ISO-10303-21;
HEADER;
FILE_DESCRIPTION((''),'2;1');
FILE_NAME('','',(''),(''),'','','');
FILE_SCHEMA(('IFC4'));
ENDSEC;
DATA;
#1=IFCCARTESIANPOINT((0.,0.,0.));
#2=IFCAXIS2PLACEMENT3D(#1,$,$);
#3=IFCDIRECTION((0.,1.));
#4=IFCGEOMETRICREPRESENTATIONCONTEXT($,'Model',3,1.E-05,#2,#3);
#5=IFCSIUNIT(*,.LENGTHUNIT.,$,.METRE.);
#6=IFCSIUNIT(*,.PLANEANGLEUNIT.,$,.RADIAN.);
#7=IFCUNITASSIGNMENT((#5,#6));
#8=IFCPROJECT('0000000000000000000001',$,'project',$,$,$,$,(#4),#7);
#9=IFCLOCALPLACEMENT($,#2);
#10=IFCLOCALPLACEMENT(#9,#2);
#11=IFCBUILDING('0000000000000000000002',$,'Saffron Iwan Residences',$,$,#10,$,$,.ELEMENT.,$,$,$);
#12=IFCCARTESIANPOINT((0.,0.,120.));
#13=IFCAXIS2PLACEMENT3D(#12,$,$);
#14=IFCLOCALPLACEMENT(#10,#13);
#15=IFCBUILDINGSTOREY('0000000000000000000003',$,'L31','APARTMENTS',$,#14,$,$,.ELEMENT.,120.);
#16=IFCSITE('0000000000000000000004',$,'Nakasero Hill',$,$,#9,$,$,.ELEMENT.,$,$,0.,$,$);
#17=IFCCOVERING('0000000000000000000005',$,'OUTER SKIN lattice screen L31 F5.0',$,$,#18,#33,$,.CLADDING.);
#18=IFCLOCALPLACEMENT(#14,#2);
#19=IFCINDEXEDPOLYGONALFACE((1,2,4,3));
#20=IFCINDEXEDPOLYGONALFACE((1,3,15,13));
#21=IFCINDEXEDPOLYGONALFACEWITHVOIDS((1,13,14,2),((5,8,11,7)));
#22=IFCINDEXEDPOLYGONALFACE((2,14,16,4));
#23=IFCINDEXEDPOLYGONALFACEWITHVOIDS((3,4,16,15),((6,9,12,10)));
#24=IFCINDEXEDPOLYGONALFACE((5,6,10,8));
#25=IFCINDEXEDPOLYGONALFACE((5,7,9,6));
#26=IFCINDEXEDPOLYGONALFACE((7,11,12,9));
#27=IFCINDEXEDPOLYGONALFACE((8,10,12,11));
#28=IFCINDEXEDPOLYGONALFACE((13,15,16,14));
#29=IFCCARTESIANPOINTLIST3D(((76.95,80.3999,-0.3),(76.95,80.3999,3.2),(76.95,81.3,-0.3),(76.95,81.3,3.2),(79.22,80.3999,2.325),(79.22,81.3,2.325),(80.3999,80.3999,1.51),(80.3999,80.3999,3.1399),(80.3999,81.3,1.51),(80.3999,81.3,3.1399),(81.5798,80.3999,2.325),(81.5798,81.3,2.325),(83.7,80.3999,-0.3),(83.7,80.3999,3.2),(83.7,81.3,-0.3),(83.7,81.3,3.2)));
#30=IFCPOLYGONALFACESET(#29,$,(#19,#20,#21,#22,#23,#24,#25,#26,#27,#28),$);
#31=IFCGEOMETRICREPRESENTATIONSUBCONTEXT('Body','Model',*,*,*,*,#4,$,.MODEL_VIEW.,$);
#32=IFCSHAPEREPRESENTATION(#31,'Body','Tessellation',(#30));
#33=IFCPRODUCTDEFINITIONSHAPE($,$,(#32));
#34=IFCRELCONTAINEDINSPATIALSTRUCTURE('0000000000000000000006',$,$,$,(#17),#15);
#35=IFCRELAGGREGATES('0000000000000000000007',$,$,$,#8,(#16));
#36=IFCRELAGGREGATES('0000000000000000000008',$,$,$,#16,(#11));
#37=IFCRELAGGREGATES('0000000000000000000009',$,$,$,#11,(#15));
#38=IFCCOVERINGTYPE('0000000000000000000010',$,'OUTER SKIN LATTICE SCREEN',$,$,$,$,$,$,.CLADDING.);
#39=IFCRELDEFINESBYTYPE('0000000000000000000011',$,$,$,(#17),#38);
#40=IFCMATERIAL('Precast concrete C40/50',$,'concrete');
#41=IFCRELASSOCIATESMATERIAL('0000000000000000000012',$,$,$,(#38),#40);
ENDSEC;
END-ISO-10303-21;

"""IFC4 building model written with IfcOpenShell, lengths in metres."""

from ifc_helpers import new_model, si_unit, direction, frame, origin, place, context, subcontext, project, spatial, polyline, outline, extrude, material, type_object, element, save


model = new_model("IFC4")

# Units and contexts
model_context = context("Model", 3, precision=1e-05, world=origin(), true_north=direction((0.0, 1.0)))
body_context = subcontext(model_context, "Body", "Model", "MODEL_VIEW")
ifc_project = project(units=[si_unit("LENGTHUNIT", "METRE"), si_unit("PLANEANGLEUNIT", "RADIAN")], contexts=[model_context])

# Site, building, storey
site_placement = place(None, origin())
site = spatial("IfcSite", under=ifc_project, at=site_placement, Name="Nakasero Hill", CompositionType="ELEMENT", RefElevation=0.0)
building_placement = place(site_placement, origin())
building = spatial("IfcBuilding", under=site, at=building_placement, Name="Saffron Iwan Residences", CompositionType="ELEMENT")
storey_placement = place(building_placement, frame((0.0, 0.0, 120.0)))
storey = spatial("IfcBuildingStorey", under=building, at=storey_placement, Name="L31", Description="APARTMENTS", CompositionType="ELEMENT", Elevation=120.0)

# Covering
ifc_material_1 = material(Name="Precast concrete C40/50", Category="concrete")
covering_type = type_object("IfcCoveringType", Name="OUTER SKIN LATTICE SCREEN", PredefinedType="CLADDING", material=ifc_material_1)
covering_placement = place(storey_placement, frame((83.7, 80.3999, -0.3), z_axis=(0.0, 1.0, 0.0), x_axis=(-1.0, 0.0, 0.0)))
element("IfcCovering", 1, at=covering_placement, inside=storey, type_object=covering_type, Name="OUTER SKIN lattice screen L31 F5.0", PredefinedType="CLADDING", context=body_context, shape_type="SweptSolid", body=[
    extrude(outline(polyline([(0.0, 0.0), (6.75, 0.0), (6.75, 3.5), (0.0, 3.5), (0.0, 0.0)]), holes=[polyline([(2.1201, 2.625), (3.3, 1.8101), (4.48, 2.625), (3.3, 3.4399), (2.1201, 2.625)])]), origin(), (0.0, 0.0, 1.0), 0.9001),
])

save(model, "model.ifc")
